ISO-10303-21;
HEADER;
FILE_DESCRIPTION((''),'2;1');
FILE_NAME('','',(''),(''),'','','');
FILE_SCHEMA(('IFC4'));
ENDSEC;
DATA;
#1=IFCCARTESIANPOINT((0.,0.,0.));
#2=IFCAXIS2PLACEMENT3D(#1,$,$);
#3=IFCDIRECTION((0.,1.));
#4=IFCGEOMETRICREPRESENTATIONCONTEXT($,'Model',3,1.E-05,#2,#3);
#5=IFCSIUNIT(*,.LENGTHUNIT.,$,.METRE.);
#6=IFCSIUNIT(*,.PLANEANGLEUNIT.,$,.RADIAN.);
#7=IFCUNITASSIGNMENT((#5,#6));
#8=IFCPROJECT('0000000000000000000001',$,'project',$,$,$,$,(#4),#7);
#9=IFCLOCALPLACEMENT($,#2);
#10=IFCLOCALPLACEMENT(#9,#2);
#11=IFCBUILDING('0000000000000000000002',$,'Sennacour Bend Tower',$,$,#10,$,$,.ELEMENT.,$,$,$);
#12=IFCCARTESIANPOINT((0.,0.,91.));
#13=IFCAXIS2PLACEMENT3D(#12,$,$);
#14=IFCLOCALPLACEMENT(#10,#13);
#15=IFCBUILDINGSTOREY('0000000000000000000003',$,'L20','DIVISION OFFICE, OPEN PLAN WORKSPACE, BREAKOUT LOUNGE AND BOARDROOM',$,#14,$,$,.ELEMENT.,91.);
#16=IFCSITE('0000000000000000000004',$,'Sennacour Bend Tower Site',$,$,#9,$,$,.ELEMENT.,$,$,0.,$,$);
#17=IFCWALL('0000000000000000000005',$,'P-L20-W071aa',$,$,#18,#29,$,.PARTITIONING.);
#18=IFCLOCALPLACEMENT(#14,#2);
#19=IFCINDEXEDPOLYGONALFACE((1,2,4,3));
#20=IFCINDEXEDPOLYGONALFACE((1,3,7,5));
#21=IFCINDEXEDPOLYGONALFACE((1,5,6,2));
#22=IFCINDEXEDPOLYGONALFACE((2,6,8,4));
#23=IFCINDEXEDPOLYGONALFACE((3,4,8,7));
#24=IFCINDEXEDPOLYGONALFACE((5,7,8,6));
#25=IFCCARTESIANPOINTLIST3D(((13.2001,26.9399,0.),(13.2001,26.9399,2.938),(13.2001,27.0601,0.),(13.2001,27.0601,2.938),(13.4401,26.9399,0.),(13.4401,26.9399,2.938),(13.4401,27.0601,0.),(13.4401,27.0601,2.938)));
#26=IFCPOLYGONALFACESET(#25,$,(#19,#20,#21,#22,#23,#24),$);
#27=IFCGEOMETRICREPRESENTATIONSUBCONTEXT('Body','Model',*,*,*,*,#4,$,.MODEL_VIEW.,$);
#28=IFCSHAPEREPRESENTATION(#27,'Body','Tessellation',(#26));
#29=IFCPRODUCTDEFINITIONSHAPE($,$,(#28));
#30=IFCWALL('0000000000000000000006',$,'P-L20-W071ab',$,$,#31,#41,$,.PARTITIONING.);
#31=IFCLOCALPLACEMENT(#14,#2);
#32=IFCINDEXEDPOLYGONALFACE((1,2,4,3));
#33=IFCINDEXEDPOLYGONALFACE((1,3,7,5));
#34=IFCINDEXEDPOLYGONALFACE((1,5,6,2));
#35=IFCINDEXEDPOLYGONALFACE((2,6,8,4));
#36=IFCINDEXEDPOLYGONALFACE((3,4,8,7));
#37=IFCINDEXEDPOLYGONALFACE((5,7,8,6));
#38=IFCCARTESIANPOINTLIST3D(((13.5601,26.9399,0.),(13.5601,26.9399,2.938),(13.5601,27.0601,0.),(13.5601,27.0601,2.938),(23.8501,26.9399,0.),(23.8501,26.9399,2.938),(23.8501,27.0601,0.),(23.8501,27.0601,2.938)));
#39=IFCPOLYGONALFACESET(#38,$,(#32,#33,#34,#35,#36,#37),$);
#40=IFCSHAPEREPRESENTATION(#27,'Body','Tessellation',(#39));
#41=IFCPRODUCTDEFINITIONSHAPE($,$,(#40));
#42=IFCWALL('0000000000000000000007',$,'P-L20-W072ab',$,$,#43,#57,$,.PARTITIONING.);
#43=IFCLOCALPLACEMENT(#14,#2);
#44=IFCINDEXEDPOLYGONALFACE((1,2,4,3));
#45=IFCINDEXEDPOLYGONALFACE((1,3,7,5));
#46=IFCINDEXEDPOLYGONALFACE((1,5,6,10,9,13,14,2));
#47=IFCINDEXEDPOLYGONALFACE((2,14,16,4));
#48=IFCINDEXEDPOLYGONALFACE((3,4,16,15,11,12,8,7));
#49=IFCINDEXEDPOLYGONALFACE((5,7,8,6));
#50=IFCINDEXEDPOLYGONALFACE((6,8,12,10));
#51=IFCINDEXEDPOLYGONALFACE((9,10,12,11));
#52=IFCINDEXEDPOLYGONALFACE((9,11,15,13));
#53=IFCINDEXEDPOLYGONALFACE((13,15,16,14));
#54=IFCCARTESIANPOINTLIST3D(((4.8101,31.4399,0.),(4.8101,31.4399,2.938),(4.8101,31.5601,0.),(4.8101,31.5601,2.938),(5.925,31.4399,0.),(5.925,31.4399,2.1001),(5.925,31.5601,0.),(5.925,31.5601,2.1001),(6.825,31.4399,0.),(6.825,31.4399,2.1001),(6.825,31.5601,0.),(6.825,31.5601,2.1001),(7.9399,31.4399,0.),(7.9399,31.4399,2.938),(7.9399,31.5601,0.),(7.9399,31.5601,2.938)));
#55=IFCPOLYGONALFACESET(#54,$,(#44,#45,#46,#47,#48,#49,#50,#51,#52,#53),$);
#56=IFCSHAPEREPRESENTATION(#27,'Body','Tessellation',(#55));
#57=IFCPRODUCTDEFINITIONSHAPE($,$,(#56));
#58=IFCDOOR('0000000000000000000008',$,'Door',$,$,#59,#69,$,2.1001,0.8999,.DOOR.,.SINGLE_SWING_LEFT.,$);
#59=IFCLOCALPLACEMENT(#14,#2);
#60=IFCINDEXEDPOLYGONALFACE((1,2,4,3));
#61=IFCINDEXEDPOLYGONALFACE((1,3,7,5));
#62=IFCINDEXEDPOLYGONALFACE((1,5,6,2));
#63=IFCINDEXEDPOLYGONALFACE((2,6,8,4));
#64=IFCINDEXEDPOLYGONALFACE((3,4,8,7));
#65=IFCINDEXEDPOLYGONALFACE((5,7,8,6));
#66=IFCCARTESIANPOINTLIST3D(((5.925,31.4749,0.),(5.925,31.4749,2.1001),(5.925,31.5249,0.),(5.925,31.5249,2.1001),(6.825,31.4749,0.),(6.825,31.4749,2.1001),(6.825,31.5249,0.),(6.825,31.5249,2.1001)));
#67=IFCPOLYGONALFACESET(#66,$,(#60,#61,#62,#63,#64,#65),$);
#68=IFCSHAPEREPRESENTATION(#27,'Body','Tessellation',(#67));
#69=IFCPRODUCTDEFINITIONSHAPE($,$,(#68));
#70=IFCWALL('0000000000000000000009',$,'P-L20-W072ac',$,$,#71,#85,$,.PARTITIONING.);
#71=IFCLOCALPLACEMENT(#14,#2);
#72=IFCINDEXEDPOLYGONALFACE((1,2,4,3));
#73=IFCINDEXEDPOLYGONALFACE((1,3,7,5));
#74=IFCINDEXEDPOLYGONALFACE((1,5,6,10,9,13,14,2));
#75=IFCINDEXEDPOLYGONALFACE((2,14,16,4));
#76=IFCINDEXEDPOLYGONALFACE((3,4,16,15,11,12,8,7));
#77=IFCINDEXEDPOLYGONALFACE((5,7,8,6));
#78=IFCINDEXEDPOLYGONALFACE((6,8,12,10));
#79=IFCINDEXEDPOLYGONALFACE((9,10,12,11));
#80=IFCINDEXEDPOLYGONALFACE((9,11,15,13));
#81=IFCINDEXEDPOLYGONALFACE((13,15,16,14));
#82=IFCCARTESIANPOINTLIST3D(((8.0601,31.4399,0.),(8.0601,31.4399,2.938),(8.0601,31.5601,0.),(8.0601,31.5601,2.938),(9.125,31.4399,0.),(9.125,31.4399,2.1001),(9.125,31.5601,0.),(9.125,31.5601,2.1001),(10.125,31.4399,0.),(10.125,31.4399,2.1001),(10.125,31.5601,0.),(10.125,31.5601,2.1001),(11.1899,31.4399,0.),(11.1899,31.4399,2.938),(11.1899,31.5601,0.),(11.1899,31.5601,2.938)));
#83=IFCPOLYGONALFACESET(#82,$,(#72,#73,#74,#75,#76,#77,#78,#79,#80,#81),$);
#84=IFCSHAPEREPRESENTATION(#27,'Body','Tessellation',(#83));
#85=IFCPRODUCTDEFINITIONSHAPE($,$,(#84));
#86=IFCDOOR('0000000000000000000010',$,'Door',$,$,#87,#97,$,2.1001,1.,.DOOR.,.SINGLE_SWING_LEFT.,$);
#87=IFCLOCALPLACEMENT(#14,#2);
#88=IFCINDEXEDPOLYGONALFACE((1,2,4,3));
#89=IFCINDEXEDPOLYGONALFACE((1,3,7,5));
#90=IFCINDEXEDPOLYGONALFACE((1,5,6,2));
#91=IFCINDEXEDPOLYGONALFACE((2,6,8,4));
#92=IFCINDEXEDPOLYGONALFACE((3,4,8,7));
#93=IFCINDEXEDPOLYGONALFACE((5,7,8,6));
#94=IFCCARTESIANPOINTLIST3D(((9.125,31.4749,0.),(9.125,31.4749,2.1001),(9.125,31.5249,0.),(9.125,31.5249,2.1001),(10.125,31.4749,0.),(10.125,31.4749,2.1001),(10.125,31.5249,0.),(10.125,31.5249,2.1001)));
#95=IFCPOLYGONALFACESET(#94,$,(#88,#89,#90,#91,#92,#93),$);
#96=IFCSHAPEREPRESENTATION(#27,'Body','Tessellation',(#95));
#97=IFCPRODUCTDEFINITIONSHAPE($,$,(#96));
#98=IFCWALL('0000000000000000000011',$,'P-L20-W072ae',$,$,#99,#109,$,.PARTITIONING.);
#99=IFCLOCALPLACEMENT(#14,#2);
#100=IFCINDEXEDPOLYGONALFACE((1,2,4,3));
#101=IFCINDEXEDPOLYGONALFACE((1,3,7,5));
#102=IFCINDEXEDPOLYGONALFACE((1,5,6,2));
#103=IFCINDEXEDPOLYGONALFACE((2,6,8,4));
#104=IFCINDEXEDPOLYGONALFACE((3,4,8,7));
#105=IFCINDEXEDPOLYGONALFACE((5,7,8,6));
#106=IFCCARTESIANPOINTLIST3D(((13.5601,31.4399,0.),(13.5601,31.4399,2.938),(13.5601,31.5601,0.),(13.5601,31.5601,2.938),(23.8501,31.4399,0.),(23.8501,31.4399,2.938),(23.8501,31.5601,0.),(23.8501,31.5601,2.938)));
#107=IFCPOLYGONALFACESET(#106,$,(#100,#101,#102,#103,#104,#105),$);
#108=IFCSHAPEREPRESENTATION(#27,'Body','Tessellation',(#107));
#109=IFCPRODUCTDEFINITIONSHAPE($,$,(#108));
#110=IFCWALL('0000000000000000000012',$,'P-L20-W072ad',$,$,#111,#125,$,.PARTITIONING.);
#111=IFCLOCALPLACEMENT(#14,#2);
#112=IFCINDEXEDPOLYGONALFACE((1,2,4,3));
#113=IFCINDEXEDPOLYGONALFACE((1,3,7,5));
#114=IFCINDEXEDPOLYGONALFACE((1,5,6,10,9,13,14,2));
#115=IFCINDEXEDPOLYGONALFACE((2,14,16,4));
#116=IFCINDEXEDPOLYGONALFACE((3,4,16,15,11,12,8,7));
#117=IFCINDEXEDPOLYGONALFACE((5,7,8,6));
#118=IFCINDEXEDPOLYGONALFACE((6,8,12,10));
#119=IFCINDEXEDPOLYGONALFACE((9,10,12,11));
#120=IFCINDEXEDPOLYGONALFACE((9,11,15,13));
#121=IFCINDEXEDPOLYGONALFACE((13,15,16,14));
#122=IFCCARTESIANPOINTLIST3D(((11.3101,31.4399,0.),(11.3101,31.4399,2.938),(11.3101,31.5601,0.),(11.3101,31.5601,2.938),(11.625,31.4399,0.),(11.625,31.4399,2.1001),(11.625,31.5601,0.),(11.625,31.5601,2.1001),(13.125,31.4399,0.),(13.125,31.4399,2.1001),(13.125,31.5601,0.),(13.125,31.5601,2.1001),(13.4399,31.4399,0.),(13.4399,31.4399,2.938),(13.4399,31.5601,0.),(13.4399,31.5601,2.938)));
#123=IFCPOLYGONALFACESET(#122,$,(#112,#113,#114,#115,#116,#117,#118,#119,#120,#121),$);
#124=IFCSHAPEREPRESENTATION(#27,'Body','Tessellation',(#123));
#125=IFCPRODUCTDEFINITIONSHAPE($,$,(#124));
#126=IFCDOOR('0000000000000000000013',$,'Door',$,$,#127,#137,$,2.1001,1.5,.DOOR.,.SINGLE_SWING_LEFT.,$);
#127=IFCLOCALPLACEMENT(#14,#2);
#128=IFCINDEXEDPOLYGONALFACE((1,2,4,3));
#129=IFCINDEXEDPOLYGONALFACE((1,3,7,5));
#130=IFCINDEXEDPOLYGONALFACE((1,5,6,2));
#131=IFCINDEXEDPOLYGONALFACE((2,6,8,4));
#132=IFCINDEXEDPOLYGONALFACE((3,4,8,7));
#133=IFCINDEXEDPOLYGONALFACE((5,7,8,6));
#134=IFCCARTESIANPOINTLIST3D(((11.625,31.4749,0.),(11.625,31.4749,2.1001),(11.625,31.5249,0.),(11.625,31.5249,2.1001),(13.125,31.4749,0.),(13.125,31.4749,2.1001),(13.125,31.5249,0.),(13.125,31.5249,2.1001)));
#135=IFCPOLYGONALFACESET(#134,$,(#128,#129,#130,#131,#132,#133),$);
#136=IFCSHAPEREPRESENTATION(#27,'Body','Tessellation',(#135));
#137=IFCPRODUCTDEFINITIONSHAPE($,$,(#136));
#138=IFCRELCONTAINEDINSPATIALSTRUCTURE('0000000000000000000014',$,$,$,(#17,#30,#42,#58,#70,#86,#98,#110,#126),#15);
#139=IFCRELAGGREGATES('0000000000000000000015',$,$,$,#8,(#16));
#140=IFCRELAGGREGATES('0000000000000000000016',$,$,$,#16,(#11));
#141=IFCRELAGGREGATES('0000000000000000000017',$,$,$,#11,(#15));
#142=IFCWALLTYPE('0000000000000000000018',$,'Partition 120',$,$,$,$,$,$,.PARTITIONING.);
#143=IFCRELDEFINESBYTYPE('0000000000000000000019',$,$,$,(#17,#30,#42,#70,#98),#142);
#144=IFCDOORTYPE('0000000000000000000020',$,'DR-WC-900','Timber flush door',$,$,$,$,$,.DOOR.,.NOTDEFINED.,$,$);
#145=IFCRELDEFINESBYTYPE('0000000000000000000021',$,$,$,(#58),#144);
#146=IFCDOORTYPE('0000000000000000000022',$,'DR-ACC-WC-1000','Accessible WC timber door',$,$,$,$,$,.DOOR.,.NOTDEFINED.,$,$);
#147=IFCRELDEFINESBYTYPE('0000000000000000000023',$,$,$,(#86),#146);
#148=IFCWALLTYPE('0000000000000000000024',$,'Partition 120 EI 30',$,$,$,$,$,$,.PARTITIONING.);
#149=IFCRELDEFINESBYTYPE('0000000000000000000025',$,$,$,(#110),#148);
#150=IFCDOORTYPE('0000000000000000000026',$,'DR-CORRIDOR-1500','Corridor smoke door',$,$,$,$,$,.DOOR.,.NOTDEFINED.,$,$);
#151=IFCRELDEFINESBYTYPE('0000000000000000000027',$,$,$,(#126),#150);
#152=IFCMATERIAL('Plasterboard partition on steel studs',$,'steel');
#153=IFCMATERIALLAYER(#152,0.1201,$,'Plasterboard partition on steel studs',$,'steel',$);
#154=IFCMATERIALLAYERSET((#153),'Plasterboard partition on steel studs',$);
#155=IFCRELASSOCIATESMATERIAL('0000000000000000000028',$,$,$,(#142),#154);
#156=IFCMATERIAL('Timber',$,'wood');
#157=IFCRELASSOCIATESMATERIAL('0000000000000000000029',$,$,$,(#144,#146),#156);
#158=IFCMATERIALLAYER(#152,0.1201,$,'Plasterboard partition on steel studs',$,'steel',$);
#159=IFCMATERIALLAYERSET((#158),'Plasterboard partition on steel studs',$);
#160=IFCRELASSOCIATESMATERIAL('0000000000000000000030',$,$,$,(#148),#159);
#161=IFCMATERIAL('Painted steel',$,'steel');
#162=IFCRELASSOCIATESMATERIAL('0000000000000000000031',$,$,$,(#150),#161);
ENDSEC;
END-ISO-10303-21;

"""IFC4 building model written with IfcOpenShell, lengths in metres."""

from ifc_helpers import new_model, si_unit, direction, frame, frame_2d, origin, place, context, subcontext, project, spatial, rectangle, extrude, material, layer, layer_set, type_object, element, fill, save


model = new_model("IFC4")

# Units and contexts
model_context = context("Model", 3, precision=1e-05, world=origin(), true_north=direction((0.0, 1.0)))
body_context = subcontext(model_context, "Body", "Model", "MODEL_VIEW")
ifc_project = project(units=[si_unit("LENGTHUNIT", "METRE"), si_unit("PLANEANGLEUNIT", "RADIAN")], contexts=[model_context])

# Site, building, storey
site_placement = place(None, origin())
site = spatial("IfcSite", under=ifc_project, at=site_placement, Name="Sennacour Bend Tower Site", CompositionType="ELEMENT", RefElevation=0.0)
building_placement = place(site_placement, origin())
building = spatial("IfcBuilding", under=site, at=building_placement, Name="Sennacour Bend Tower", CompositionType="ELEMENT")
storey_placement = place(building_placement, frame((0.0, 0.0, 91.0)))
storey = spatial("IfcBuildingStorey", under=building, at=storey_placement, Name="L20", Description="DIVISION OFFICE, OPEN PLAN WORKSPACE, BREAKOUT LOUNGE AND BOARDROOM", CompositionType="ELEMENT", Elevation=91.0)

# Walls
ifc_material_1 = material(Name="Plasterboard partition on steel studs", Category="steel")
ifc_layer_1 = layer(ifc_material_1, 0.1201, Name="Plasterboard partition on steel studs", Category="steel")
ifc_layer_set_1 = layer_set([ifc_layer_1], Name="Plasterboard partition on steel studs")
wall_type_1 = type_object("IfcWallType", Name="Partition 120", PredefinedType="PARTITIONING", material=ifc_layer_set_1)
for number, where, z_axis, x_axis, name in (
    (1, (13.2, 27.0, 0.0), (0.0, 0.0, 1.0), (1.0, 0.0, 0.0), "P-L20-W071aa"),
):
    element("IfcWall", number, at=place(storey_placement, frame(where, z_axis=z_axis, x_axis=x_axis)), inside=storey, type_object=wall_type_1, Name=name, PredefinedType="PARTITIONING", context=body_context, shape_type="SweptSolid", body=[
        extrude(rectangle(XDim=0.24, YDim=0.1201, at=frame_2d((0.1201, 0.0))), origin(), (0.0, 0.0, 1.0), 2.938),
    ])
wall_1_placement = place(storey_placement, frame((13.5601, 27.0, 0.0), z_axis=(0.0, 0.0, 1.0), x_axis=(1.0, 0.0, 0.0)))
element("IfcWall", 2, at=wall_1_placement, inside=storey, type_object=wall_type_1, Name="P-L20-W071ab", PredefinedType="PARTITIONING", context=body_context, shape_type="SweptSolid", body=[
    extrude(rectangle(XDim=10.29, YDim=0.1201, at=frame_2d((5.145, 0.0))), origin(), (0.0, 0.0, 1.0), 2.938),
])

# Walls, openings, doors
wall_2_placement = place(storey_placement, frame((4.8101, 31.5, 0.0), z_axis=(0.0, 0.0, 1.0), x_axis=(1.0, 0.0, 0.0)))
wall_2 = element("IfcWall", 3, at=wall_2_placement, inside=storey, type_object=wall_type_1, Name="P-L20-W072ab", PredefinedType="PARTITIONING", context=body_context, shape_type="SweptSolid", body=[
    extrude(rectangle(XDim=3.1299, YDim=0.1201, at=frame_2d((1.5649, 0.0))), origin(), (0.0, 0.0, 1.0), 2.938),
])
opening_1_placement = place(wall_2_placement, frame((1.115, 0.0, 0.0)))
opening_1 = element("IfcOpeningElement", 4, at=opening_1_placement, cuts=wall_2, PredefinedType="OPENING", context=body_context, shape_type="SweptSolid", body=[
    extrude(rectangle(XDim=0.8999, YDim=2.1001, at=frame_2d((0.45, 1.05))), frame((0.0, 0.0701, 0.0), z_axis=(0.0, -1.0, 0.0), x_axis=(1.0, 0.0, 0.0)), (0.0, 0.0, 1.0), 0.1401),
])
ifc_material_2 = material(Name="Timber", Category="wood")
door_type_1 = type_object("IfcDoorType", Name="DR-WC-900", Description="Timber flush door", OperationType="NOTDEFINED", PredefinedType="DOOR", material=ifc_material_2)
door_1_placement = place(opening_1_placement, origin())
door_1 = element("IfcDoor", 5, at=door_1_placement, inside=storey, type_object=door_type_1, Name="Door", OperationType="SINGLE_SWING_LEFT", OverallHeight=2.1001, OverallWidth=0.8999, PredefinedType="DOOR", context=body_context, shape_type="SweptSolid", body=[
    extrude(rectangle(XDim=0.8999, YDim=2.1001, at=frame_2d((0.45, 1.05))), frame((0.0, 0.0249, 0.0), z_axis=(0.0, -1.0, 0.0), x_axis=(1.0, 0.0, 0.0)), (0.0, 0.0, 1.0), 0.05),
])
fill(opening_1, door_1)
wall_3_placement = place(storey_placement, frame((8.0601, 31.5, 0.0), z_axis=(0.0, 0.0, 1.0), x_axis=(1.0, 0.0, 0.0)))
wall_3 = element("IfcWall", 6, at=wall_3_placement, inside=storey, type_object=wall_type_1, Name="P-L20-W072ac", PredefinedType="PARTITIONING", context=body_context, shape_type="SweptSolid", body=[
    extrude(rectangle(XDim=3.1299, YDim=0.1201, at=frame_2d((1.5649, 0.0))), origin(), (0.0, 0.0, 1.0), 2.938),
])
opening_2_placement = place(wall_3_placement, frame((1.0649, 0.0, 0.0)))
opening_2 = element("IfcOpeningElement", 7, at=opening_2_placement, cuts=wall_3, PredefinedType="OPENING", context=body_context, shape_type="SweptSolid", body=[
    extrude(rectangle(XDim=1.0, YDim=2.1001, at=frame_2d((0.5, 1.05))), frame((0.0, 0.0701, 0.0), z_axis=(0.0, -1.0, 0.0), x_axis=(1.0, 0.0, 0.0)), (0.0, 0.0, 1.0), 0.1401),
])
door_type_2 = type_object("IfcDoorType", Name="DR-ACC-WC-1000", Description="Accessible WC timber door", OperationType="NOTDEFINED", PredefinedType="DOOR", material=ifc_material_2)
door_2_placement = place(opening_2_placement, origin())
door_2 = element("IfcDoor", 8, at=door_2_placement, inside=storey, type_object=door_type_2, Name="Door", OperationType="SINGLE_SWING_LEFT", OverallHeight=2.1001, OverallWidth=1.0, PredefinedType="DOOR", context=body_context, shape_type="SweptSolid", body=[
    extrude(rectangle(XDim=1.0, YDim=2.1001, at=frame_2d((0.5, 1.05))), frame((0.0, 0.0249, 0.0), z_axis=(0.0, -1.0, 0.0), x_axis=(1.0, 0.0, 0.0)), (0.0, 0.0, 1.0), 0.05),
])
fill(opening_2, door_2)

# Wall
wall_4_placement = place(storey_placement, frame((13.5601, 31.5, 0.0), z_axis=(0.0, 0.0, 1.0), x_axis=(1.0, 0.0, 0.0)))
element("IfcWall", 9, at=wall_4_placement, inside=storey, type_object=wall_type_1, Name="P-L20-W072ae", PredefinedType="PARTITIONING", context=body_context, shape_type="SweptSolid", body=[
    extrude(rectangle(XDim=10.29, YDim=0.1201, at=frame_2d((5.145, 0.0))), origin(), (0.0, 0.0, 1.0), 2.938),
])

# Wall, opening, door
ifc_layer_2 = layer(ifc_material_1, 0.1201, Name="Plasterboard partition on steel studs", Category="steel")
ifc_layer_set_2 = layer_set([ifc_layer_2], Name="Plasterboard partition on steel studs")
wall_type_2 = type_object("IfcWallType", Name="Partition 120 EI 30", PredefinedType="PARTITIONING", material=ifc_layer_set_2)
wall_5_placement = place(storey_placement, frame((11.3101, 31.5, 0.0), z_axis=(0.0, 0.0, 1.0), x_axis=(1.0, 0.0, 0.0)))
wall_5 = element("IfcWall", 10, at=wall_5_placement, inside=storey, type_object=wall_type_2, Name="P-L20-W072ad", PredefinedType="PARTITIONING", context=body_context, shape_type="SweptSolid", body=[
    extrude(rectangle(XDim=2.1299, YDim=0.1201, at=frame_2d((1.0649, 0.0))), origin(), (0.0, 0.0, 1.0), 2.938),
])
opening_3_placement = place(wall_5_placement, frame((0.3149, 0.0, 0.0)))
opening_3 = element("IfcOpeningElement", 11, at=opening_3_placement, cuts=wall_5, PredefinedType="OPENING", context=body_context, shape_type="SweptSolid", body=[
    extrude(rectangle(XDim=1.5, YDim=2.1001, at=frame_2d((0.75, 1.05))), frame((0.0, 0.0701, 0.0), z_axis=(0.0, -1.0, 0.0), x_axis=(1.0, 0.0, 0.0)), (0.0, 0.0, 1.0), 0.1401),
])
ifc_material_3 = material(Name="Painted steel", Category="steel")
door_type_3 = type_object("IfcDoorType", Name="DR-CORRIDOR-1500", Description="Corridor smoke door", OperationType="NOTDEFINED", PredefinedType="DOOR", material=ifc_material_3)
door_3_placement = place(opening_3_placement, origin())
door_3 = element("IfcDoor", 12, at=door_3_placement, inside=storey, type_object=door_type_3, Name="Door", OperationType="SINGLE_SWING_LEFT", OverallHeight=2.1001, OverallWidth=1.5, PredefinedType="DOOR", context=body_context, shape_type="SweptSolid", body=[
    extrude(rectangle(XDim=1.5, YDim=2.1001, at=frame_2d((0.75, 1.05))), frame((0.0, 0.0249, 0.0), z_axis=(0.0, -1.0, 0.0), x_axis=(1.0, 0.0, 0.0)), (0.0, 0.0, 1.0), 0.05),
])
fill(opening_3, door_3)

save(model, "model.ifc")
